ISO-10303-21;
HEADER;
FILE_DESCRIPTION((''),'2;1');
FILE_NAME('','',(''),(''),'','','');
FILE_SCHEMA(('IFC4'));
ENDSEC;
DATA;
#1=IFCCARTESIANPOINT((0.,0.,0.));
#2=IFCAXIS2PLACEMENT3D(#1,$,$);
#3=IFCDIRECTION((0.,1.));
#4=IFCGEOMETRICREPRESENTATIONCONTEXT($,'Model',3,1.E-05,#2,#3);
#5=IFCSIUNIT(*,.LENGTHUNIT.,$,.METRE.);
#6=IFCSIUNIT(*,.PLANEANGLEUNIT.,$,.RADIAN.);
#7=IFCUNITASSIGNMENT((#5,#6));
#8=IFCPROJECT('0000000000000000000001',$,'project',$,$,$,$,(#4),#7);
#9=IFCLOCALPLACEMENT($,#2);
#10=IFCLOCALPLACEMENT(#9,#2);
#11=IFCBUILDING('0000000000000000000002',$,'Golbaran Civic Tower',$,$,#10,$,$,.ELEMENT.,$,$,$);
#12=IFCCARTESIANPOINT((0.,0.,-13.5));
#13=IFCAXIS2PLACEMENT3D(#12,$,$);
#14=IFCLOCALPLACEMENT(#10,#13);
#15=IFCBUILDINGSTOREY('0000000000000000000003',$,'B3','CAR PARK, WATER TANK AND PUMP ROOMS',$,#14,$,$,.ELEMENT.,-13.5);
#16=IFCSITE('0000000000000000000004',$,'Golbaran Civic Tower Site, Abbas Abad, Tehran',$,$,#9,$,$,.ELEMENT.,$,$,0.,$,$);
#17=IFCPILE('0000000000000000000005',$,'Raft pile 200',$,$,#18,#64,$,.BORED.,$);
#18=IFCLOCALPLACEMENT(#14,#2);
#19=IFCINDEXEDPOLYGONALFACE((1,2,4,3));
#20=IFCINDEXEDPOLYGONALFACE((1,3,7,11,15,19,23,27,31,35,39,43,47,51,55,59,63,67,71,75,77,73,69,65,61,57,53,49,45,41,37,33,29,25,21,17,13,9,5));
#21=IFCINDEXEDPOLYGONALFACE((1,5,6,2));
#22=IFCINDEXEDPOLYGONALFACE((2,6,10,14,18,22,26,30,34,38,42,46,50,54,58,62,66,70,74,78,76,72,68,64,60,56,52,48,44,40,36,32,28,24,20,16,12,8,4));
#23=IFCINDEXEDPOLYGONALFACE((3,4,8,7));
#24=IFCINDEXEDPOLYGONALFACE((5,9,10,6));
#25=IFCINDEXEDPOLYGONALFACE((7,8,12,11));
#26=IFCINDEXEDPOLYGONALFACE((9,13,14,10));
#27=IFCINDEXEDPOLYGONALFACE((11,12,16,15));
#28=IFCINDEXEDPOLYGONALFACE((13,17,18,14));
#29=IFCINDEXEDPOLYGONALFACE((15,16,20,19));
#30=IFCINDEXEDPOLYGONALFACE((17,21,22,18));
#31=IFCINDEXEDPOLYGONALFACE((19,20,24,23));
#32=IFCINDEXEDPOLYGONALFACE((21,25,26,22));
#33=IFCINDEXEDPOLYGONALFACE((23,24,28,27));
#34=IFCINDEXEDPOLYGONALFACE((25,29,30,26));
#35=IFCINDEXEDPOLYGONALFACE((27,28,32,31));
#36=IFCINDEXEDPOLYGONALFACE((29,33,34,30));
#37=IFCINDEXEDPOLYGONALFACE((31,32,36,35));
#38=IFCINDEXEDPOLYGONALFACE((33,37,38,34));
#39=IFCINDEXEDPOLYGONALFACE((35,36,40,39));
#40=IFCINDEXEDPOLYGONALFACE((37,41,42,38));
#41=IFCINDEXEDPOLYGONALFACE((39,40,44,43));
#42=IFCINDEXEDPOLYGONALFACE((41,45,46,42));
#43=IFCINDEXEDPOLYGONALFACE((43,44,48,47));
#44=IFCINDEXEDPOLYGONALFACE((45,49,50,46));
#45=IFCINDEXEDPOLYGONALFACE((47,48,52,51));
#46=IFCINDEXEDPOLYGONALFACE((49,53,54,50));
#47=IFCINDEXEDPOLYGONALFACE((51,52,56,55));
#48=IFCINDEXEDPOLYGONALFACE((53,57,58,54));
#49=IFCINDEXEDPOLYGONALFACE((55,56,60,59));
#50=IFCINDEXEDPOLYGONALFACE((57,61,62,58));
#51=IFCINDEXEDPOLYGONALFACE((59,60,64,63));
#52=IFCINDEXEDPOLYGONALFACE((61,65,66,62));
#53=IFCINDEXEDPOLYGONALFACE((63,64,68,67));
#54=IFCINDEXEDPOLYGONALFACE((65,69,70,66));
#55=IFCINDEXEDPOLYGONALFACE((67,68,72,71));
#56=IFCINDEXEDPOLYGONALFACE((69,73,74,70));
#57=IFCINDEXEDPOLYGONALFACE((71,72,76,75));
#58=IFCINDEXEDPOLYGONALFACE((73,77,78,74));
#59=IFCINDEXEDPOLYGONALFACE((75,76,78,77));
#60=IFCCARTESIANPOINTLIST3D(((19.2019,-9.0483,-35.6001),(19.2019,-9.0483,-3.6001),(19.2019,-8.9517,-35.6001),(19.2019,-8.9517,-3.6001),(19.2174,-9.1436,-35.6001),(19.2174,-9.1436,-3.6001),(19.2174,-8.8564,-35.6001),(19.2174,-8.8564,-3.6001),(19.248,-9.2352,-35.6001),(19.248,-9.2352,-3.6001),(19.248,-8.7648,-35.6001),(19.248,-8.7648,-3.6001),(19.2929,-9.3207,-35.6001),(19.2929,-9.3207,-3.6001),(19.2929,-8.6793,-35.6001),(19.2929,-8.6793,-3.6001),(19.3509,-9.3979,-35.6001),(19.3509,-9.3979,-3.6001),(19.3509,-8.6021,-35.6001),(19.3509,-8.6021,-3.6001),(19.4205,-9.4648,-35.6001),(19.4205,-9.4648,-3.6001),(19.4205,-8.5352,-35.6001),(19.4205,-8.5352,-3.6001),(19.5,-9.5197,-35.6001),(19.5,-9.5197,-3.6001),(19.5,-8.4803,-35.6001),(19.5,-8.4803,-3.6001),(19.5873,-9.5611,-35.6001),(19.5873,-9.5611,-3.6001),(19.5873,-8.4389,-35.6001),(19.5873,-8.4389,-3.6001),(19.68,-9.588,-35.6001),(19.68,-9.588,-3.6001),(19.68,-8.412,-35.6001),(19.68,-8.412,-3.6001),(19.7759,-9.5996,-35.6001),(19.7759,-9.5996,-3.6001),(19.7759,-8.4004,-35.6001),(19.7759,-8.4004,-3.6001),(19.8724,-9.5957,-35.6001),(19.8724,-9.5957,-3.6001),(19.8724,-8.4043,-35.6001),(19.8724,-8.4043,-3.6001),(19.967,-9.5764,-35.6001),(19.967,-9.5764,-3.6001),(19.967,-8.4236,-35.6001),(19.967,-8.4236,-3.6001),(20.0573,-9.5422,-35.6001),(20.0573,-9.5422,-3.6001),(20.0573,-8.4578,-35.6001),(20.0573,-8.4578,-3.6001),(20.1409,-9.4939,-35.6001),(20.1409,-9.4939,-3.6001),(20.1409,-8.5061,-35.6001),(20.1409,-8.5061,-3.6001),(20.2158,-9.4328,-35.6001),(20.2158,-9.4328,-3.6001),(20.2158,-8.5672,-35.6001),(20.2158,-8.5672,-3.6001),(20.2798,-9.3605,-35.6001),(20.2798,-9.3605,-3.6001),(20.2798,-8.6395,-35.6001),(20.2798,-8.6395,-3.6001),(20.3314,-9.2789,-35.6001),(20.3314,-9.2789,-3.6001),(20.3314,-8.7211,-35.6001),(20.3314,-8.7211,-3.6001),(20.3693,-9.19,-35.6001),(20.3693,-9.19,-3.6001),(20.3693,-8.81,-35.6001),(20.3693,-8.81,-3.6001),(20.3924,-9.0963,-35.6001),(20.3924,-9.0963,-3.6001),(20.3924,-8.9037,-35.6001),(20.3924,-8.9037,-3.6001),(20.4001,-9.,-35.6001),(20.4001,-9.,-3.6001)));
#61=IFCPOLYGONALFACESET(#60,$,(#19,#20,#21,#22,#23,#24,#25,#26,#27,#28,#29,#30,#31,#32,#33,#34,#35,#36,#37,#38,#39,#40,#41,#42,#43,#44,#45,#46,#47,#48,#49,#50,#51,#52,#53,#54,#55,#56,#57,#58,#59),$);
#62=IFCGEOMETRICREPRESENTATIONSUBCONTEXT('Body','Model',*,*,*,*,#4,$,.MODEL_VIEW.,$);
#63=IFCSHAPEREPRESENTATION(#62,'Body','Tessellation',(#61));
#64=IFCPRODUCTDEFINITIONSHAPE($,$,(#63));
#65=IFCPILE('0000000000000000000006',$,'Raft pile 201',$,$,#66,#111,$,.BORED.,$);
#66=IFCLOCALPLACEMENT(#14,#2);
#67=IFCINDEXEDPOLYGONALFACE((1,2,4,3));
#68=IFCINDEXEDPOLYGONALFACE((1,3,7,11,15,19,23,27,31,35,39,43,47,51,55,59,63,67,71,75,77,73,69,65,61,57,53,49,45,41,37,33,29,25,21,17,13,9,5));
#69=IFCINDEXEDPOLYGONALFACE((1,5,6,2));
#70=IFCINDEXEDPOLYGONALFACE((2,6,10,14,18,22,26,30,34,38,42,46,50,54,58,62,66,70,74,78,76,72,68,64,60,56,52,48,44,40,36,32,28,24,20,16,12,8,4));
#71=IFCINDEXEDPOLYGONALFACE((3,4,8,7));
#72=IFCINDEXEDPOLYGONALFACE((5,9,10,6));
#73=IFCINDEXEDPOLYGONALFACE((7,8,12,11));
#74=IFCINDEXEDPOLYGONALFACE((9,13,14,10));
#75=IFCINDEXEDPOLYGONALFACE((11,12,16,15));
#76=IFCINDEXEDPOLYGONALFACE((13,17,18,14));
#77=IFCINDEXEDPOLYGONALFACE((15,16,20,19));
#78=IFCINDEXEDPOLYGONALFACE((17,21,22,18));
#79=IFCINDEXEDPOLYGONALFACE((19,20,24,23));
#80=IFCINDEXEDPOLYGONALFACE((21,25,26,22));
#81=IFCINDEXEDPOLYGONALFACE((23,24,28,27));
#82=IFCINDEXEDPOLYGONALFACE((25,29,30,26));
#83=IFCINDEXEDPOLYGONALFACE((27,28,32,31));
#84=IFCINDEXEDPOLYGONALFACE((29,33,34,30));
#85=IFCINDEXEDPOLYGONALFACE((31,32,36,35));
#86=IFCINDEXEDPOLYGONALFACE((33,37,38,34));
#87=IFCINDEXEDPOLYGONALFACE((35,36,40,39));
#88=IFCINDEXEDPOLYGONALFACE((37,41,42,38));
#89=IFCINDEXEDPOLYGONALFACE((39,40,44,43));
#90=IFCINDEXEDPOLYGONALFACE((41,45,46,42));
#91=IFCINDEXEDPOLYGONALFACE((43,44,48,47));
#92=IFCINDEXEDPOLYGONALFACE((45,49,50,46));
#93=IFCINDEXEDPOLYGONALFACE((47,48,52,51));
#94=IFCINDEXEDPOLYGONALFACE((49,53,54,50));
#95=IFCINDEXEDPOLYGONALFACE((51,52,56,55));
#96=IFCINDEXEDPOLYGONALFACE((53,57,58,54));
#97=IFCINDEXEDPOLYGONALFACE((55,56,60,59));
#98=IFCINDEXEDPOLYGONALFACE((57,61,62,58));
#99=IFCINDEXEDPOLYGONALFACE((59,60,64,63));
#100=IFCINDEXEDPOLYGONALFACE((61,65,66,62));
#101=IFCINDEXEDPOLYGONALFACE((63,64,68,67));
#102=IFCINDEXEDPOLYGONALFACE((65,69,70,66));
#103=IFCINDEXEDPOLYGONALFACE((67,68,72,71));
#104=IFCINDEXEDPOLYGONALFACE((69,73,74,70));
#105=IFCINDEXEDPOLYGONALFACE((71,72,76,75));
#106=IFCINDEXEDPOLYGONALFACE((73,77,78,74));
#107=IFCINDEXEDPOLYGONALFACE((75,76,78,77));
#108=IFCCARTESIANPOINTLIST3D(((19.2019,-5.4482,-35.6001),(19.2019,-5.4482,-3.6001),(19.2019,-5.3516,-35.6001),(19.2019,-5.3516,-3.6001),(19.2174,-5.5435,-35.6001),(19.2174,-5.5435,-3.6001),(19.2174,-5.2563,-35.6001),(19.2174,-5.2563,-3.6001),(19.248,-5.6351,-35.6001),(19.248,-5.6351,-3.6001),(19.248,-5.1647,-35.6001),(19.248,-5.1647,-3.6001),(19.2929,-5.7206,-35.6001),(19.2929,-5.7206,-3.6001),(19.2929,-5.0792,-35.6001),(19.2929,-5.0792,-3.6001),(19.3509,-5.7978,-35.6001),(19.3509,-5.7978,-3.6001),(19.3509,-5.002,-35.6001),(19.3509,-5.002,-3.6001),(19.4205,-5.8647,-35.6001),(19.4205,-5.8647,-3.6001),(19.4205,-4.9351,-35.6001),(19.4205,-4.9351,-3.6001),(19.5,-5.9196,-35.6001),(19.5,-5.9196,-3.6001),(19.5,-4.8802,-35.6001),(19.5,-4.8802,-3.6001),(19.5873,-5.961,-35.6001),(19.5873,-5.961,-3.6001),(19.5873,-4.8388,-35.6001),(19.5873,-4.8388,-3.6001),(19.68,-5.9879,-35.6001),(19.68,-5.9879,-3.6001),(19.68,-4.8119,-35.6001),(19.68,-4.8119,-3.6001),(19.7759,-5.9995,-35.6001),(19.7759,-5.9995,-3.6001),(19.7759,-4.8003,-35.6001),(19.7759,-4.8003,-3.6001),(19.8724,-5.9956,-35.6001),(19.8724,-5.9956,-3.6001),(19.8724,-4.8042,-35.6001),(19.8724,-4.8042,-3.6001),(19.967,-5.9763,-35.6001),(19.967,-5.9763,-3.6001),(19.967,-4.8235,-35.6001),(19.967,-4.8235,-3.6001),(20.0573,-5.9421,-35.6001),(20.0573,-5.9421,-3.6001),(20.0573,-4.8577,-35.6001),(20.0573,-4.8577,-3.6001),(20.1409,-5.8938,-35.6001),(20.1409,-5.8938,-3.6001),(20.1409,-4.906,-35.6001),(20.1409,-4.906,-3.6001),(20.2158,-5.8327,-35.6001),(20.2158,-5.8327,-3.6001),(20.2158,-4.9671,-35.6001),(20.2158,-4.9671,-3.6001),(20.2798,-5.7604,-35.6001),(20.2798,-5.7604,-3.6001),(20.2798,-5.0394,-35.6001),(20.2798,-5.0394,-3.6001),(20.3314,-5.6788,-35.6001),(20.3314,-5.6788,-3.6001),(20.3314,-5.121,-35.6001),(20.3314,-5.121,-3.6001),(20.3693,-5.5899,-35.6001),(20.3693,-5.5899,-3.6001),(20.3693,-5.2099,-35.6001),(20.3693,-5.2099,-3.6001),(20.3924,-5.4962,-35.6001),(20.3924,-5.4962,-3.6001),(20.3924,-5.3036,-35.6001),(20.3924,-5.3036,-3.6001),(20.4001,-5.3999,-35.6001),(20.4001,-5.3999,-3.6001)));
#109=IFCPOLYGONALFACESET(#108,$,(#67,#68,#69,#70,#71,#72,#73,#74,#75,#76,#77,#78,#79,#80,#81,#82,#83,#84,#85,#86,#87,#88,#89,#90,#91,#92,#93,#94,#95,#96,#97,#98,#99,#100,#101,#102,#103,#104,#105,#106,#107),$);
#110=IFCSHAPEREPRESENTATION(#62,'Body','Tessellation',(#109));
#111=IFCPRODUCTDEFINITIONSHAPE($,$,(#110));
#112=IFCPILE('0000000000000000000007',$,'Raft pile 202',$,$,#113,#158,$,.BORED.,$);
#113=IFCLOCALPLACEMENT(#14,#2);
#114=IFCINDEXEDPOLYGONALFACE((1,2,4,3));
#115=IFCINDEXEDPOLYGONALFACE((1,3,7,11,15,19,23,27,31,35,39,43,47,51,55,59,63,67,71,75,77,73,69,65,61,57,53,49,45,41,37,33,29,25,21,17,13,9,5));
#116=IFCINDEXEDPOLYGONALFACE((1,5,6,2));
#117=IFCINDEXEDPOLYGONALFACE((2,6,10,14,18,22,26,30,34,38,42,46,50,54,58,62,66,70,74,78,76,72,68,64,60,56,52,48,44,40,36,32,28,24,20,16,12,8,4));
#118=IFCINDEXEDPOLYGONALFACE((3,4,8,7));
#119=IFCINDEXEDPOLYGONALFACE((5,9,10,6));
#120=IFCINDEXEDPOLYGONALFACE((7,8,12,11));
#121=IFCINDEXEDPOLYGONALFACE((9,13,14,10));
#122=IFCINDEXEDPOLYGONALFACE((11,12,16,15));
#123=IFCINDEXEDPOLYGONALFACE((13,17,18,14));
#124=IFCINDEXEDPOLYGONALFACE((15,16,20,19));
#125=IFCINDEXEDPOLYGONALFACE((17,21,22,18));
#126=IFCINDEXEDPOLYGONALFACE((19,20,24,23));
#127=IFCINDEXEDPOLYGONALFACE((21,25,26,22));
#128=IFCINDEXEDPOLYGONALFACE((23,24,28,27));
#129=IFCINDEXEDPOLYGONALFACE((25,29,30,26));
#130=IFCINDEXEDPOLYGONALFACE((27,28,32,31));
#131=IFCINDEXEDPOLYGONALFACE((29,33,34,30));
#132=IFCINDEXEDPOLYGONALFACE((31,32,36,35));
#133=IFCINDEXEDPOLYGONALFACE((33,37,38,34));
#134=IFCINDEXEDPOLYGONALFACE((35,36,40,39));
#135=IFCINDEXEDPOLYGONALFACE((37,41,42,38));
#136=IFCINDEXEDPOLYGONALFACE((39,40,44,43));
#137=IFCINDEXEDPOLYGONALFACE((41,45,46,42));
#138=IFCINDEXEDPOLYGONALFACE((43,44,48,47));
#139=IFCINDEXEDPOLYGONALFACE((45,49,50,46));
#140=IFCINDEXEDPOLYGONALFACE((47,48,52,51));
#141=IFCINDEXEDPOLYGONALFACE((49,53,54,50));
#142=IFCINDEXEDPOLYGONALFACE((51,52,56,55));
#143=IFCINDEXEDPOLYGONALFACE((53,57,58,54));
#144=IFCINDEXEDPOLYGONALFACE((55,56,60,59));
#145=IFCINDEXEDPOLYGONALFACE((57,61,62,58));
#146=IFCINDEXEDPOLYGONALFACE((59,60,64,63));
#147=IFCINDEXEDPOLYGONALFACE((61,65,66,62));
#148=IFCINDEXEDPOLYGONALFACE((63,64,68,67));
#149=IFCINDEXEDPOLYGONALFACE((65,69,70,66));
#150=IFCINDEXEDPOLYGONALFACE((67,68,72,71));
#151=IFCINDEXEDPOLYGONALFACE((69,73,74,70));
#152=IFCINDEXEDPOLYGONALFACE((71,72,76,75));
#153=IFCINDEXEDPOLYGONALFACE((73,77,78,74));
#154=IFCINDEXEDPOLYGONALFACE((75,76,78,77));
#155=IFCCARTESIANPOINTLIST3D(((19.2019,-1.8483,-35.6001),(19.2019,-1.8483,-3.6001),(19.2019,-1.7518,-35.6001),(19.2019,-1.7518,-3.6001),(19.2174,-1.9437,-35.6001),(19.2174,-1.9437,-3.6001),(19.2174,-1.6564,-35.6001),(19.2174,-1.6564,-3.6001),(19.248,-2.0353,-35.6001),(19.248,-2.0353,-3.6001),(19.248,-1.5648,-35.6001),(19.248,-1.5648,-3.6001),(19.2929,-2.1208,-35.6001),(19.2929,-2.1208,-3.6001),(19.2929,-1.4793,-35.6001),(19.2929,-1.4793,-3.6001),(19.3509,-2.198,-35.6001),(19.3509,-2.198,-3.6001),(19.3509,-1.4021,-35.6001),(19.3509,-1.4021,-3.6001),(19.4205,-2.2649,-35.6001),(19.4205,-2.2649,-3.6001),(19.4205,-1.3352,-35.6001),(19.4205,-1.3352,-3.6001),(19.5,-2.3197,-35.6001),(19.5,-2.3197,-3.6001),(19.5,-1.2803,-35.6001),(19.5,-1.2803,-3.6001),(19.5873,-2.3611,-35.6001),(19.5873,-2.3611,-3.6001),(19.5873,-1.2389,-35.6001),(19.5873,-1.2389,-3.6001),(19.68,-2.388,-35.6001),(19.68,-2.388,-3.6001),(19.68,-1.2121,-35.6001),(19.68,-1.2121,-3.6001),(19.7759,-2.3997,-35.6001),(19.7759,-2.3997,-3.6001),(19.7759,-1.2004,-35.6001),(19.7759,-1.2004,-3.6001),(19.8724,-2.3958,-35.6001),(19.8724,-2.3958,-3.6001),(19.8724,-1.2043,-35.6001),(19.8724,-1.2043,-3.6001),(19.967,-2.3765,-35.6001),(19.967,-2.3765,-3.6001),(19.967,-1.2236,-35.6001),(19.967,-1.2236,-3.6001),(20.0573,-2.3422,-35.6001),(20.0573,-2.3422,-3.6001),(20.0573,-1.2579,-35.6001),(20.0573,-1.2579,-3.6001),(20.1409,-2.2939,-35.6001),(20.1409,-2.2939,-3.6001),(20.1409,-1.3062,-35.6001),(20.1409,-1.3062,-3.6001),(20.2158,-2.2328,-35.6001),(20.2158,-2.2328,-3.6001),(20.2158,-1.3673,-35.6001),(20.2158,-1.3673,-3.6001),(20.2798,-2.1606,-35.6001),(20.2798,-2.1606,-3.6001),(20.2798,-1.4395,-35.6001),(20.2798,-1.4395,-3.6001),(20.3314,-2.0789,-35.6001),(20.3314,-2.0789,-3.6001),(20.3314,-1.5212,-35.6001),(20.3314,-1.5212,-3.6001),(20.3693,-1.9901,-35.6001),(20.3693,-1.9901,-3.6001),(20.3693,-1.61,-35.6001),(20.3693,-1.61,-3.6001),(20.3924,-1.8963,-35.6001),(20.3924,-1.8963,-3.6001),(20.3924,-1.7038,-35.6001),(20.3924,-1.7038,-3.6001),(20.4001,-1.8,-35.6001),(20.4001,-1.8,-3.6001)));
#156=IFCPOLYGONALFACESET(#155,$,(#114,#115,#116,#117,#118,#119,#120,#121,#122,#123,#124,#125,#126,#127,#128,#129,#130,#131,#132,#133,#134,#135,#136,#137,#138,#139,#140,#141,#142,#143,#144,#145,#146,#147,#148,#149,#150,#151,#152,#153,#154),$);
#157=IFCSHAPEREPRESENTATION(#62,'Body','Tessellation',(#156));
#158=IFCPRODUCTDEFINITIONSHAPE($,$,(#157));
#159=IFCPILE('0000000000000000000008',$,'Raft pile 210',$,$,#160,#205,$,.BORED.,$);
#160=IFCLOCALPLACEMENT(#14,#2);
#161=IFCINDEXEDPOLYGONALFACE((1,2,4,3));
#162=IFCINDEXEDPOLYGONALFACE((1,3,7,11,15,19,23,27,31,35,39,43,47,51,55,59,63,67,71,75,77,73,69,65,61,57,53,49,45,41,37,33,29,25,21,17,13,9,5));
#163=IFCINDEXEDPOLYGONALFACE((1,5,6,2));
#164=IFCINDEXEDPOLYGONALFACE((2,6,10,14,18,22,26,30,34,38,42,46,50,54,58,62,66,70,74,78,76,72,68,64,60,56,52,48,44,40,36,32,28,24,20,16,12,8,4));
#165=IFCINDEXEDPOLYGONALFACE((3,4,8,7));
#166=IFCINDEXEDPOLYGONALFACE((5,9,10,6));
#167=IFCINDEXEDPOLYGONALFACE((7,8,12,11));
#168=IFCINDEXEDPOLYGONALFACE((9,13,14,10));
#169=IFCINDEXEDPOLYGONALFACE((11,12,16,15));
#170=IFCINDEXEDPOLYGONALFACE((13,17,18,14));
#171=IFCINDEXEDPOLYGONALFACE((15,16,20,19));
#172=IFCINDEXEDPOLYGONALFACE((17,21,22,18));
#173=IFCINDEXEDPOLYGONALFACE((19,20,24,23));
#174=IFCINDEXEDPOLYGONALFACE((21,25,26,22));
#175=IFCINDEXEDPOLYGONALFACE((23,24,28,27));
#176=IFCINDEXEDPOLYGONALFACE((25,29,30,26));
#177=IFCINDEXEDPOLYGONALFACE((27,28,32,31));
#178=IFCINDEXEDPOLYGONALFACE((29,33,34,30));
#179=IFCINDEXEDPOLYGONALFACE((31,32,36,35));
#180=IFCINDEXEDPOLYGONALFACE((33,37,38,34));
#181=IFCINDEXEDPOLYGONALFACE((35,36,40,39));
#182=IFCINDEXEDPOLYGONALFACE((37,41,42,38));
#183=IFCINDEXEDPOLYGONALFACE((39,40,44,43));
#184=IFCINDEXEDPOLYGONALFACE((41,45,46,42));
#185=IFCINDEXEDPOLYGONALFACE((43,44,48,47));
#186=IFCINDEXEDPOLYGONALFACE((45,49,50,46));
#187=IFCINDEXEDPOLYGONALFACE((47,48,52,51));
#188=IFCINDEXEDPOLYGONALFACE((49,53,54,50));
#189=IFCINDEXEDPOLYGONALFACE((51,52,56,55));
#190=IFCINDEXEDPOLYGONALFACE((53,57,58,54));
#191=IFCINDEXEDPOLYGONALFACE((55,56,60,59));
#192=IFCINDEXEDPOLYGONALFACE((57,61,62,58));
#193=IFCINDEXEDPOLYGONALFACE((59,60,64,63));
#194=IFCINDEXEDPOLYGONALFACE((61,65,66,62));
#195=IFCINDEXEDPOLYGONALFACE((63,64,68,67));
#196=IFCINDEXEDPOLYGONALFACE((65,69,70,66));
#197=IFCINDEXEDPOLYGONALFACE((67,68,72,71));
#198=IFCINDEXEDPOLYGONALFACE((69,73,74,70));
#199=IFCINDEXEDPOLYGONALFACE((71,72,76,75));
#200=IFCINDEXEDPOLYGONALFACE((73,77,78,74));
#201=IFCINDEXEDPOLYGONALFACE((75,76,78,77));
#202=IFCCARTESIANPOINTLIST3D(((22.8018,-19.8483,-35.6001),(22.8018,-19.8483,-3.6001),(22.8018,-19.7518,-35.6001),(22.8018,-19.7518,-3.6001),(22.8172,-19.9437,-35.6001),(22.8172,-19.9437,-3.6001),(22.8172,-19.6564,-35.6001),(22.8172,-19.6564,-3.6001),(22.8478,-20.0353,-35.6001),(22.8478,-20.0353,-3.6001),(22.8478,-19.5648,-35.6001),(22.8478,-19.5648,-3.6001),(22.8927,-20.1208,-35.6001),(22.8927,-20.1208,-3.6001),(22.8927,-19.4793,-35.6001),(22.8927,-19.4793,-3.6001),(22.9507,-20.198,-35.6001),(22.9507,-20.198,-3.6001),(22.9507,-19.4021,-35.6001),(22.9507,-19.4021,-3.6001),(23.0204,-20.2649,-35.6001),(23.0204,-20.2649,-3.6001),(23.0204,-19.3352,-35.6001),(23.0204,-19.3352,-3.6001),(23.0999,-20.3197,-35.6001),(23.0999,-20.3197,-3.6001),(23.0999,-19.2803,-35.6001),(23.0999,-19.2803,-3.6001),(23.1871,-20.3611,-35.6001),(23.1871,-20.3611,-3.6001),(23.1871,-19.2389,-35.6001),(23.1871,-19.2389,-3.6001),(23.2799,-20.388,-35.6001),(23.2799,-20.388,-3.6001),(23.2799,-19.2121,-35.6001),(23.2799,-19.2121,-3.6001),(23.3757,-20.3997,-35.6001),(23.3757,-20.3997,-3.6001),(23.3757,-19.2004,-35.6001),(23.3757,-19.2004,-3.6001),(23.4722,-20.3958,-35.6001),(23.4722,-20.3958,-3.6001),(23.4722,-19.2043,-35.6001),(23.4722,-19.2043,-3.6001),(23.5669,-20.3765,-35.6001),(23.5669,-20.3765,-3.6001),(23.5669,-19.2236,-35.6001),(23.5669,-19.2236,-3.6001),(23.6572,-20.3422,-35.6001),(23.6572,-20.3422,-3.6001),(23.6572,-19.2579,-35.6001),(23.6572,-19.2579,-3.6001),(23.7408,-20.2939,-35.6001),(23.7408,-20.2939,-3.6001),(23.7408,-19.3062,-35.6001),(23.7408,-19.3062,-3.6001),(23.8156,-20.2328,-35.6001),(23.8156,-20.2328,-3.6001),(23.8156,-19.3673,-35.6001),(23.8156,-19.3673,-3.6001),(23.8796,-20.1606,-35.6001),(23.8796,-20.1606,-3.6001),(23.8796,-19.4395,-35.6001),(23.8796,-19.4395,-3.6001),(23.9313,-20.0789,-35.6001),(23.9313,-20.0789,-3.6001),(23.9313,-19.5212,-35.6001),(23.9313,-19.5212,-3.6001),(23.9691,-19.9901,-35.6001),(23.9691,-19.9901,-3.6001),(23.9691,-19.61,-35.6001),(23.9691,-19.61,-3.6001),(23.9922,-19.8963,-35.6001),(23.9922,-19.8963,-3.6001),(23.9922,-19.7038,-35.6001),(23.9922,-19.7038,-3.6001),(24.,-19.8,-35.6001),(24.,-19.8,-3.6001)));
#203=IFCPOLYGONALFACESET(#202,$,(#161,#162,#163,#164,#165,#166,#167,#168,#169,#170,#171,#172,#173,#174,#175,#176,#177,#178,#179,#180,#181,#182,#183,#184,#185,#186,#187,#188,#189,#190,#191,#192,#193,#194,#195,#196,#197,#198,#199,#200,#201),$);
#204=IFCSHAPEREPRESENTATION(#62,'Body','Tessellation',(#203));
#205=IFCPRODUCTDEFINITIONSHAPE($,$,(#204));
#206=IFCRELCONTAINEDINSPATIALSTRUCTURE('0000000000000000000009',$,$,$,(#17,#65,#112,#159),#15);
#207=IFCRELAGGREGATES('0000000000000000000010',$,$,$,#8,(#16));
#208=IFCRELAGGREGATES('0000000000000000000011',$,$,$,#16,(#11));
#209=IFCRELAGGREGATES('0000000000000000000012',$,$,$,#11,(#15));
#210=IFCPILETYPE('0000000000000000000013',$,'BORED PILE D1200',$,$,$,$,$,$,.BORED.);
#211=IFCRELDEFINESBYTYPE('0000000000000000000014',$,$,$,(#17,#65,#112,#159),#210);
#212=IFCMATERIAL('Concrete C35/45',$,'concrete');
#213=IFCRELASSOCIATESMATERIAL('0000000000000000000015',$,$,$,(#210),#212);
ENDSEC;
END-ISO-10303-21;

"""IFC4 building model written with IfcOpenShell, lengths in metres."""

from ifc_helpers import new_model, si_unit, direction, frame, origin, origin_2d, place, context, subcontext, project, spatial, circle, extrude, material, material_profile, profile_set, type_object, element, save


model = new_model("IFC4")

# Units and contexts
model_context = context("Model", 3, precision=1e-05, world=origin(), true_north=direction((0.0, 1.0)))
body_context = subcontext(model_context, "Body", "Model", "MODEL_VIEW")
ifc_project = project(units=[si_unit("LENGTHUNIT", "METRE"), si_unit("PLANEANGLEUNIT", "RADIAN")], contexts=[model_context])

# Site, building, storey
site_placement = place(None, origin())
site = spatial("IfcSite", under=ifc_project, at=site_placement, Name="Golbaran Civic Tower Site, Abbas Abad, Tehran", CompositionType="ELEMENT", RefElevation=0.0)
building_placement = place(site_placement, origin())
building = spatial("IfcBuilding", under=site, at=building_placement, Name="Golbaran Civic Tower", CompositionType="ELEMENT")
storey_placement = place(building_placement, frame((0.0, 0.0, -13.5)))
storey = spatial("IfcBuildingStorey", under=building, at=storey_placement, Name="B3", Description="CAR PARK, WATER TANK AND PUMP ROOMS", CompositionType="ELEMENT", Elevation=-13.5)

# Piles
ifc_material_1 = material(Name="Concrete C35/45", Category="concrete")
ifc_material_profile_1 = material_profile(ifc_material_1, circle(Radius=0.6001, at=origin_2d()), Name="BORED PILE D1200")
ifc_profile_set_1 = profile_set([ifc_material_profile_1], Name="Concrete C35/45")
pile_type_1 = type_object("IfcPileType", Name="BORED PILE D1200", PredefinedType="BORED", material=ifc_profile_set_1)
for number, where, z_axis, x_axis, name in (
    (1, (19.8, -9.0, -3.6001), (0.0, 0.0, -1.0), (1.0, 0.0, 0.0), "Raft pile 200"),
    (2, (19.8, -5.3999, -3.6001), (0.0, 0.0, -1.0), (1.0, 0.0, 0.0), "Raft pile 201"),
    (3, (19.8, -1.8, -3.6001), (0.0, 0.0, -1.0), (1.0, 0.0, 0.0), "Raft pile 202"),
    (4, (23.3999, -19.8, -3.6001), (0.0, 0.0, -1.0), (1.0, 0.0, 0.0), "Raft pile 210"),
):
    element("IfcPile", number, at=place(storey_placement, frame(where, z_axis=z_axis, x_axis=x_axis)), inside=storey, type_object=pile_type_1, Name=name, PredefinedType="BORED", context=body_context, shape_type="SweptSolid", body=[
        extrude(circle(Radius=0.6001, at=origin_2d()), origin(), (0.0, 0.0, 1.0), 32.0),
    ])

save(model, "model.ifc")
